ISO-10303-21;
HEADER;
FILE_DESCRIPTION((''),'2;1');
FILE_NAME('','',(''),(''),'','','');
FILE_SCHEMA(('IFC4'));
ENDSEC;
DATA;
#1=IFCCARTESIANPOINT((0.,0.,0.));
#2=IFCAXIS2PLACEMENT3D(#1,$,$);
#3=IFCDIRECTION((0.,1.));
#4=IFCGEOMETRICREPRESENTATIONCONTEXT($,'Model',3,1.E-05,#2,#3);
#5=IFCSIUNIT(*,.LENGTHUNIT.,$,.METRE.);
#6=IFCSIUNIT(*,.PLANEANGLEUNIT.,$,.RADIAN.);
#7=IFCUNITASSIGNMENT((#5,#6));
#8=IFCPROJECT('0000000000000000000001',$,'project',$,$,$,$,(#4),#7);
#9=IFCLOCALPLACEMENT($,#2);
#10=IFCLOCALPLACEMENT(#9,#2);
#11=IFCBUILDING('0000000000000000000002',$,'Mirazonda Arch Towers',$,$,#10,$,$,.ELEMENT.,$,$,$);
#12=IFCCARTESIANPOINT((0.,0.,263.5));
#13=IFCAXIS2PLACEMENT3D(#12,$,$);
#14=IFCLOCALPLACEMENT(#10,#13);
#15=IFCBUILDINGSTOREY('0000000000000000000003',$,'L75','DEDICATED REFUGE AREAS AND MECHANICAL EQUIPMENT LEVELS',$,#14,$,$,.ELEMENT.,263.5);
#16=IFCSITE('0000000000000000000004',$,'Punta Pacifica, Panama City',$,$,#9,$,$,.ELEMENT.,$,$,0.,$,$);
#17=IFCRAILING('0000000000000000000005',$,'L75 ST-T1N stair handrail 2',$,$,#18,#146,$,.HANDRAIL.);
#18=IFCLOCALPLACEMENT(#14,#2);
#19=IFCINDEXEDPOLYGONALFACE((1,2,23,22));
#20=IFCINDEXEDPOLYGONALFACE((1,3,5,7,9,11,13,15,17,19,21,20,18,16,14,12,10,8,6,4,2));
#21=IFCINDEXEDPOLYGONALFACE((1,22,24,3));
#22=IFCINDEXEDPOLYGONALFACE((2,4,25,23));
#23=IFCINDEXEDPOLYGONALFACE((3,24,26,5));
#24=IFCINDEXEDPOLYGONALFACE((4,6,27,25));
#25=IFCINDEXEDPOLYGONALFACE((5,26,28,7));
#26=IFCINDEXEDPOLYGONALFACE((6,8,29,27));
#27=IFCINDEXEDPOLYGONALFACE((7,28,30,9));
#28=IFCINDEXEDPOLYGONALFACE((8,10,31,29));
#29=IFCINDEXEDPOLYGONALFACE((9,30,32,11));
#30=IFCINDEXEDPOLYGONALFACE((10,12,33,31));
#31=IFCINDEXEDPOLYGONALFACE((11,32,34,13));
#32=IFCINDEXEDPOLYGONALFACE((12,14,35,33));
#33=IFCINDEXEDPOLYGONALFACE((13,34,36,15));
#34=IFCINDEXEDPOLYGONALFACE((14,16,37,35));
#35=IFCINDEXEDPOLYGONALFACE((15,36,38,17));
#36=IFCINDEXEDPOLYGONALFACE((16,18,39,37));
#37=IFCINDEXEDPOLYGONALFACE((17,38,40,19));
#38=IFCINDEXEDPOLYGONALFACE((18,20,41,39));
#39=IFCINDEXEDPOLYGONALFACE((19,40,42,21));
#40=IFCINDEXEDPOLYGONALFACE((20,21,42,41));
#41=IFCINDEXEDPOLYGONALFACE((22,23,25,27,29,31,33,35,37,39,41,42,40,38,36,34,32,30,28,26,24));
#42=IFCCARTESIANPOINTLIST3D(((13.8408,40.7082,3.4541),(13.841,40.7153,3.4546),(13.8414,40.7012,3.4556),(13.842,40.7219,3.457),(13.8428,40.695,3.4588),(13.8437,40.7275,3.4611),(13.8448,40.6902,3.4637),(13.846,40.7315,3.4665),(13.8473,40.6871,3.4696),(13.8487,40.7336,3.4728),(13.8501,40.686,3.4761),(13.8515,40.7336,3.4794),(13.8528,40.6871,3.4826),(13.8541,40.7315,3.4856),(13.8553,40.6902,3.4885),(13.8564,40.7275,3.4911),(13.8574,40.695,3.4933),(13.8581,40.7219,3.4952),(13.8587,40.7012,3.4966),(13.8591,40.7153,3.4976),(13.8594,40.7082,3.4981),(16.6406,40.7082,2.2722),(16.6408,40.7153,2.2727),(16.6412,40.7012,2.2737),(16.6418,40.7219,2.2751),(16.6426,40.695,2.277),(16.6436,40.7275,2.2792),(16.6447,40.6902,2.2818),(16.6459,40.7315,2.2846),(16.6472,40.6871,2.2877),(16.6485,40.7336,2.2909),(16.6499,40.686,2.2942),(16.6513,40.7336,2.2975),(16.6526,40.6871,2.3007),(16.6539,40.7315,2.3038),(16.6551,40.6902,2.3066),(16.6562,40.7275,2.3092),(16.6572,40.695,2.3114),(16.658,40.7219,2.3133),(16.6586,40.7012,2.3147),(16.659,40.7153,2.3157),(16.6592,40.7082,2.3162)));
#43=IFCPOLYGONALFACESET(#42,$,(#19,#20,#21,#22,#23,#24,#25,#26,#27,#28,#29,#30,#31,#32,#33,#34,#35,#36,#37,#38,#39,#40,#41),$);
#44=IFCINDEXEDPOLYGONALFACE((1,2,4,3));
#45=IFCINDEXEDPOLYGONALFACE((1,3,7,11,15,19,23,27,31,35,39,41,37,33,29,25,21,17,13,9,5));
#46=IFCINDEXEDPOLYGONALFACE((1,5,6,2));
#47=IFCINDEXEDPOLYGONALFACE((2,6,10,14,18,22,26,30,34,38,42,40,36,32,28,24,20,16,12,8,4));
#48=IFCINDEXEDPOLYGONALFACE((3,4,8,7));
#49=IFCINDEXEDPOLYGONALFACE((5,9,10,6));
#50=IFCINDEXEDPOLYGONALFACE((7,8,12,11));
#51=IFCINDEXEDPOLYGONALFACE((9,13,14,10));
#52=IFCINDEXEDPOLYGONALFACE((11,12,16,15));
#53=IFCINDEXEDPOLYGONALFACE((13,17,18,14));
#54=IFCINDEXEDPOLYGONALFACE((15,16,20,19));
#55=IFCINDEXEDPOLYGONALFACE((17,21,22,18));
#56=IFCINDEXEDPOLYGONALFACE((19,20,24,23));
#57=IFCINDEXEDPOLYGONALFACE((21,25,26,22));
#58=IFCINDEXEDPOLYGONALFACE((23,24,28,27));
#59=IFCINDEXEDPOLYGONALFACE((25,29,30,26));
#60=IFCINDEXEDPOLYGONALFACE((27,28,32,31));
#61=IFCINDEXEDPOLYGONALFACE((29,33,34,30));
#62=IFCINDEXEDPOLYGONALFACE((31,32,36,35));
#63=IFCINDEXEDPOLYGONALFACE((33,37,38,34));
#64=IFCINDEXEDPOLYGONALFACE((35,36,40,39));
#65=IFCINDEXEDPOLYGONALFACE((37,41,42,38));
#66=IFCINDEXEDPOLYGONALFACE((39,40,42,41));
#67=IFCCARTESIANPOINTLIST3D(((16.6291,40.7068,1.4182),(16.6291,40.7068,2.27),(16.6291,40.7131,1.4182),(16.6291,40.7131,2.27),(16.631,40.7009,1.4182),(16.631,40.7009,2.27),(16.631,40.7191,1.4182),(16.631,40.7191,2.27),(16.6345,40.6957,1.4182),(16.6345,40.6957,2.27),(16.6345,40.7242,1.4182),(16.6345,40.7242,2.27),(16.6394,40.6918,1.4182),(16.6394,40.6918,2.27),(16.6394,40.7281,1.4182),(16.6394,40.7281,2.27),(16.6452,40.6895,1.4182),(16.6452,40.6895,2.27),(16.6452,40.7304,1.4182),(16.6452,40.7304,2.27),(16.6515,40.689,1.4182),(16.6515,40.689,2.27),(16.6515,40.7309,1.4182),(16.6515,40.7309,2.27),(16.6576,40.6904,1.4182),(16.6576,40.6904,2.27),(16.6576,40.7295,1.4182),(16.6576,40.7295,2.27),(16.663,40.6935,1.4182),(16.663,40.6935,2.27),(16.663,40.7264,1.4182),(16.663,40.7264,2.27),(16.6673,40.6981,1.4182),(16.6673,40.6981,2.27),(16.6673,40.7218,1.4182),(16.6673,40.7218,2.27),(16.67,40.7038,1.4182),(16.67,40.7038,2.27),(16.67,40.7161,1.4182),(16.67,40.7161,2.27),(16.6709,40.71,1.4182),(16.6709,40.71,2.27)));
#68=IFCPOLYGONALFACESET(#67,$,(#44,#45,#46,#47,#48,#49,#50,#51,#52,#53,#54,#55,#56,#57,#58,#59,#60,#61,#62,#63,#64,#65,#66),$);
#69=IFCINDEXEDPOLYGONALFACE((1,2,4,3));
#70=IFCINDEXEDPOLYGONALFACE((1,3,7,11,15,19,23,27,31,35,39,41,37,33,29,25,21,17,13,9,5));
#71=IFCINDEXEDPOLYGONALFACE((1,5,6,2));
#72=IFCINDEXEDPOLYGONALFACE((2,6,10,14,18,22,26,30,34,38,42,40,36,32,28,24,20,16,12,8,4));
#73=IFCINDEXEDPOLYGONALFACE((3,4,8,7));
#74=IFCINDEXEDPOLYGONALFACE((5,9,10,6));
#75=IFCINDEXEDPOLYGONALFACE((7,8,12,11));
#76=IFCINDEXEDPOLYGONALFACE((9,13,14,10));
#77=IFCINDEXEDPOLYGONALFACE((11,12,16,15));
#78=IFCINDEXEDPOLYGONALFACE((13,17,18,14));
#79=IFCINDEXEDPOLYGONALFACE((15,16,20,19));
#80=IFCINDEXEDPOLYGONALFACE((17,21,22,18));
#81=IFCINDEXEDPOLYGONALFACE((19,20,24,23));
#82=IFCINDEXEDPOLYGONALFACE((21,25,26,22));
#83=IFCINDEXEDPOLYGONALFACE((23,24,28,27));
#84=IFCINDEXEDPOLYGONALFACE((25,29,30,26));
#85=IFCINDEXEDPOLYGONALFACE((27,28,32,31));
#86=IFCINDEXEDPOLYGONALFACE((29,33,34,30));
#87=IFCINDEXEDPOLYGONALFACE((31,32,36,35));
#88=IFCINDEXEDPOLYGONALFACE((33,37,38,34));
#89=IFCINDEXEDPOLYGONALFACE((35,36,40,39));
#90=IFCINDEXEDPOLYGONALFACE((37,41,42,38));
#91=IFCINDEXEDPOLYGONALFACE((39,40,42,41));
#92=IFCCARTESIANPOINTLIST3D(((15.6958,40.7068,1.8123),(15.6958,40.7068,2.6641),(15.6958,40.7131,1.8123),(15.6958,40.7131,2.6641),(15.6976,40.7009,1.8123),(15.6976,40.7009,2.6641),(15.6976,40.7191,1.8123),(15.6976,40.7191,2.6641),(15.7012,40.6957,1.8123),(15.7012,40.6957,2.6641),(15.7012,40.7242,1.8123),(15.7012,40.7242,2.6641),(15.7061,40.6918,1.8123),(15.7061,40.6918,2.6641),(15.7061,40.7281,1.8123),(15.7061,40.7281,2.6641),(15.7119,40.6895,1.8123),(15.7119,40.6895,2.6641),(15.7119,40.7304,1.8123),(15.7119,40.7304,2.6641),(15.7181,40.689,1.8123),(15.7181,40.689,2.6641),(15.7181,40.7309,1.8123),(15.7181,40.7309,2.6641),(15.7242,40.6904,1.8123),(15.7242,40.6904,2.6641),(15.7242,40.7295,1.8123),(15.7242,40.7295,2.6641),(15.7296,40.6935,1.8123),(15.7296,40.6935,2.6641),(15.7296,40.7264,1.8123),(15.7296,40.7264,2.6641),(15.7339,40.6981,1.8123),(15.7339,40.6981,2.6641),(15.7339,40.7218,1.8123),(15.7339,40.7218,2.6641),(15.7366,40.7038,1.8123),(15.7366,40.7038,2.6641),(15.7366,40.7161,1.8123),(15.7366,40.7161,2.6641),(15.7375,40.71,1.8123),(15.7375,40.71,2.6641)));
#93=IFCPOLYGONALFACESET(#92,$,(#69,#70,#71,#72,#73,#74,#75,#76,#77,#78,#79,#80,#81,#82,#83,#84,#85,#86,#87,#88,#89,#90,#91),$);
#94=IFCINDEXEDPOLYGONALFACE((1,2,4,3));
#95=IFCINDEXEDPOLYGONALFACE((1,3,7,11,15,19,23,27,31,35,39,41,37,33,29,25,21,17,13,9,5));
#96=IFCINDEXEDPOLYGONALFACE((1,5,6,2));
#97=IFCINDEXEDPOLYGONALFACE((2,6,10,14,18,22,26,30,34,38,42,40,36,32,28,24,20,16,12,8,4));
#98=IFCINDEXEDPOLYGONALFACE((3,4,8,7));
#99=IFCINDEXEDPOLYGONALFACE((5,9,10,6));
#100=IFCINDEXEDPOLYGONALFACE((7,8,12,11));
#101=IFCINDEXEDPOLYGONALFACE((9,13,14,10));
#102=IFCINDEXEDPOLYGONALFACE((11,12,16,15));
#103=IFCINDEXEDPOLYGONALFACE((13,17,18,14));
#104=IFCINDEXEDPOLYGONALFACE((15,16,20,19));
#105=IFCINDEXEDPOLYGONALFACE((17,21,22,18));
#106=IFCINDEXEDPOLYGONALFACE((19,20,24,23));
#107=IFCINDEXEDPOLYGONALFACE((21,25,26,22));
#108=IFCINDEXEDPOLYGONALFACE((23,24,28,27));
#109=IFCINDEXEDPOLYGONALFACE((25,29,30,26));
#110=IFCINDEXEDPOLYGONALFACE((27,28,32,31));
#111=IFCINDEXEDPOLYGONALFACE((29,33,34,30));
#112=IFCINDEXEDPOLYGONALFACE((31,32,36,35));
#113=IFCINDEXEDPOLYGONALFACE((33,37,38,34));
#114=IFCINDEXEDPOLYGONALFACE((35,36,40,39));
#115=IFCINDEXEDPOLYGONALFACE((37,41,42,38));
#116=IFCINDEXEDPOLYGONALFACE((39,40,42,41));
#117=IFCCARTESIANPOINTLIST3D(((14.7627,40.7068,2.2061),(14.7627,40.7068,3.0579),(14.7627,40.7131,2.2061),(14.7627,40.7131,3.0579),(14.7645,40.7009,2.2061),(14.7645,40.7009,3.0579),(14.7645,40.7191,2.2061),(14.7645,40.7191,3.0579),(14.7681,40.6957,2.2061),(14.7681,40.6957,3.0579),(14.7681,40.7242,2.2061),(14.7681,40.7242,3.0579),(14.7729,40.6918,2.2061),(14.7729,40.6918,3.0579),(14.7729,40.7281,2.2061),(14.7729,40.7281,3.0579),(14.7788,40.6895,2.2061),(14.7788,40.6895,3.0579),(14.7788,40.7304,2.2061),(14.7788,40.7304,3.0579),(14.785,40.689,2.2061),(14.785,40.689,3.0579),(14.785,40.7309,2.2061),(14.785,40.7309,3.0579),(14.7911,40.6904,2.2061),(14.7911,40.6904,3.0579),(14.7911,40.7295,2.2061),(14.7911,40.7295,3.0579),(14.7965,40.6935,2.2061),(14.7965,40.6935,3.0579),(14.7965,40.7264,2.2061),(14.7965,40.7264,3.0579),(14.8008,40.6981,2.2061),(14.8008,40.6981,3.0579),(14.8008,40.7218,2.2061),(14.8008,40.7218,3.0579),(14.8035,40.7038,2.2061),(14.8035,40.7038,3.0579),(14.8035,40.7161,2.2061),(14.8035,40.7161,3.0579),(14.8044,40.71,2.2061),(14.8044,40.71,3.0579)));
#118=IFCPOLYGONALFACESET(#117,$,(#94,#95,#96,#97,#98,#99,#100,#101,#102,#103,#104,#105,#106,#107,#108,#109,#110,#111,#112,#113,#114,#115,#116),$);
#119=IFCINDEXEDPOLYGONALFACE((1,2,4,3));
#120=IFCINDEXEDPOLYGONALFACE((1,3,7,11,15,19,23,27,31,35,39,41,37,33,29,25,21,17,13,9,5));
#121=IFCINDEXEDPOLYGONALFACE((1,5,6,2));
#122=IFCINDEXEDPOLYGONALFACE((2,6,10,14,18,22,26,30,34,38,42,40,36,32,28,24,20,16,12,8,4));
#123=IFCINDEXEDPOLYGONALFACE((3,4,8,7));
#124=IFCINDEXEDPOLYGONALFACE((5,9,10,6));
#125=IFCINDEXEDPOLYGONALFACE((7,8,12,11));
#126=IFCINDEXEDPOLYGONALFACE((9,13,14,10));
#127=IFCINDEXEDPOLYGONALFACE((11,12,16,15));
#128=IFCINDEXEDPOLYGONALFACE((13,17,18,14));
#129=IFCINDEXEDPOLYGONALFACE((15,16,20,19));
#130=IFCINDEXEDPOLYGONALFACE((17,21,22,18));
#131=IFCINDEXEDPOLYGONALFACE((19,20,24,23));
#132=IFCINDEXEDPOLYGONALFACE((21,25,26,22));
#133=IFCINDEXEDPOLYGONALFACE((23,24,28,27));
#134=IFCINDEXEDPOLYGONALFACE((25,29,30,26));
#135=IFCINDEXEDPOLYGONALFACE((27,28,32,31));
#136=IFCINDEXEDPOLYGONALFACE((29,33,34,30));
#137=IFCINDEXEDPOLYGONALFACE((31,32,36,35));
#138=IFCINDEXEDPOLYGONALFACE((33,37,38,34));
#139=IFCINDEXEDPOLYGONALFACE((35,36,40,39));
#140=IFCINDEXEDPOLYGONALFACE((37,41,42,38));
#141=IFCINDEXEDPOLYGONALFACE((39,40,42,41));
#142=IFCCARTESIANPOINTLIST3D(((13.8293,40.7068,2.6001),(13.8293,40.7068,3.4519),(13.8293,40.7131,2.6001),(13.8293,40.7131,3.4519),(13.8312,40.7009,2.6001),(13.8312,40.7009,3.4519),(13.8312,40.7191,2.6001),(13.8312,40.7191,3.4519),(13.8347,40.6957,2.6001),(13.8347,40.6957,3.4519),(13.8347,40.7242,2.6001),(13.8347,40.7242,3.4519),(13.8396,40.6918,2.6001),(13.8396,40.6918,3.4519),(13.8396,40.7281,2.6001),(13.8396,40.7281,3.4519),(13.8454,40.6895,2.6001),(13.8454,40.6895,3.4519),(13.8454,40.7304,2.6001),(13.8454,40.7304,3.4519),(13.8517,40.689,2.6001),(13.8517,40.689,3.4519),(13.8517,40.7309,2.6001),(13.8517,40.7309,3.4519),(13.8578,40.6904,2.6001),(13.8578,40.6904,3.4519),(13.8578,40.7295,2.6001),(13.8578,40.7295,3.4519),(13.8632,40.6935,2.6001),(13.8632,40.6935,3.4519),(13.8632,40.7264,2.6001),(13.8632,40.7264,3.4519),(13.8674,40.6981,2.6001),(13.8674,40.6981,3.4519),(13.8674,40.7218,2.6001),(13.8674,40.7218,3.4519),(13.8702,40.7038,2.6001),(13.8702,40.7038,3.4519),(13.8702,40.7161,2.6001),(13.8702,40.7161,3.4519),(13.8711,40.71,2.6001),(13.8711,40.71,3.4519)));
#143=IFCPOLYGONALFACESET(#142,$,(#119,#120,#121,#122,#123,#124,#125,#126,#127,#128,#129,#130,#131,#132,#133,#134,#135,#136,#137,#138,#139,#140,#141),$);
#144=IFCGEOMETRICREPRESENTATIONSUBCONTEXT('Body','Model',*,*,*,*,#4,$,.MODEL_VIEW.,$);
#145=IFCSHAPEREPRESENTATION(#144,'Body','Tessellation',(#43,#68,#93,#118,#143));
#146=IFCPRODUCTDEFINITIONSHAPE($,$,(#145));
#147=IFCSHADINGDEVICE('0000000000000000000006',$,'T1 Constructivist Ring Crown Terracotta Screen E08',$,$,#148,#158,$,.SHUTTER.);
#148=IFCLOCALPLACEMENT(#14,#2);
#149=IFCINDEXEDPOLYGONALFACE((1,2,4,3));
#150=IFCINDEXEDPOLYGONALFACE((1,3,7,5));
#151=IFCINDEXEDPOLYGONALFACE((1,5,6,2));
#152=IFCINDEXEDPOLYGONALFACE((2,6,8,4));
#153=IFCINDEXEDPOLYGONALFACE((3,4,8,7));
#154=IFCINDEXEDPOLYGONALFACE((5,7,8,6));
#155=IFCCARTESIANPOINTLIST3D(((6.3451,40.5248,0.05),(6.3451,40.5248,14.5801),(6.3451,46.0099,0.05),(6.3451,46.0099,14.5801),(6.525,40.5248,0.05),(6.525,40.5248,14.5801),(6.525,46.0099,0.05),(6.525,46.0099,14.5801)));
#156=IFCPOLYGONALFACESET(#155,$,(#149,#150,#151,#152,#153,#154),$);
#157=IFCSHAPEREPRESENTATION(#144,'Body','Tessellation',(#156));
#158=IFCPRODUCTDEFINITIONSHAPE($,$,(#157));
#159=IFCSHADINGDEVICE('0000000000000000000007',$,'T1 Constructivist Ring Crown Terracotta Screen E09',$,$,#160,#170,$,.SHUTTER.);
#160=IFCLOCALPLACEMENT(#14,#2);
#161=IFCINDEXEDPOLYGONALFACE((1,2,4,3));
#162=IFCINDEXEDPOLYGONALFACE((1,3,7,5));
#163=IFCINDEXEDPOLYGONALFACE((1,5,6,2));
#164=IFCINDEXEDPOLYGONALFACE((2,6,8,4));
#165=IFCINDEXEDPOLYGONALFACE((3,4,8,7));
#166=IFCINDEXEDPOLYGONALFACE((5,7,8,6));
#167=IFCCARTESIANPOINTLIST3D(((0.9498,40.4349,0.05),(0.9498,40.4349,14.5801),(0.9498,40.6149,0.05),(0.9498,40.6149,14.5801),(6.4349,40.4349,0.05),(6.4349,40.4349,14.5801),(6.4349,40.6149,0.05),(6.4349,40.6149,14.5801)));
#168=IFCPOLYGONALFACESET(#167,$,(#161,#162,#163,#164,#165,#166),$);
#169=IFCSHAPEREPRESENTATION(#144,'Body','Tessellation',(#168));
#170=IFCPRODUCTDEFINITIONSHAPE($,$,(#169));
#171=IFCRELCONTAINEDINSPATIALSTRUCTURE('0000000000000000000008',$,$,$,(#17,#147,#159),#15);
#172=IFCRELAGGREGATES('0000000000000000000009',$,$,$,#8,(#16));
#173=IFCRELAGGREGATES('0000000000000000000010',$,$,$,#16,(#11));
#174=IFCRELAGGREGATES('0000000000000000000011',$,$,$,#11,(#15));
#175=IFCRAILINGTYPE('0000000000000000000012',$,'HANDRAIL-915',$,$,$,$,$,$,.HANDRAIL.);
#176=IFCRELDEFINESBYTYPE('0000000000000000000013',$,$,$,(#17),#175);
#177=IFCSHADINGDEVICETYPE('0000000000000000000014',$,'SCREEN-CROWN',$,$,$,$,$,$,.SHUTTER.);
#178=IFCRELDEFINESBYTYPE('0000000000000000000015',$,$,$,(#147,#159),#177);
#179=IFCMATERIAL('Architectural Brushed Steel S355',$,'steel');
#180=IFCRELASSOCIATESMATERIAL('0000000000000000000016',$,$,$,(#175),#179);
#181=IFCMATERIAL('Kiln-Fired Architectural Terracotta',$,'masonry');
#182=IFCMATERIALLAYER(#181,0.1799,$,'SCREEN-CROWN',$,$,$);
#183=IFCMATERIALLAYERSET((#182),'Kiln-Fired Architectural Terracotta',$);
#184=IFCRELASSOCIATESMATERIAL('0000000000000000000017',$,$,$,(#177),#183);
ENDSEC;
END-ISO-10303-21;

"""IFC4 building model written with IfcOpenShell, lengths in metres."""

from ifc_helpers import new_model, si_unit, direction, frame, frame_2d, origin, origin_2d, place, context, subcontext, project, spatial, rectangle, circle, extrude, material, layer, layer_set, type_object, element, save


model = new_model("IFC4")

# Units and contexts
model_context = context("Model", 3, precision=1e-05, world=origin(), true_north=direction((0.0, 1.0)))
body_context = subcontext(model_context, "Body", "Model", "MODEL_VIEW")
ifc_project = project(units=[si_unit("LENGTHUNIT", "METRE"), si_unit("PLANEANGLEUNIT", "RADIAN")], contexts=[model_context])

# Site, building, storey
site_placement = place(None, origin())
site = spatial("IfcSite", under=ifc_project, at=site_placement, Name="Punta Pacifica, Panama City", CompositionType="ELEMENT", RefElevation=0.0)
building_placement = place(site_placement, origin())
building = spatial("IfcBuilding", under=site, at=building_placement, Name="Mirazonda Arch Towers", CompositionType="ELEMENT")
storey_placement = place(building_placement, frame((0.0, 0.0, 263.5)))
storey = spatial("IfcBuildingStorey", under=building, at=storey_placement, Name="L75", Description="DEDICATED REFUGE AREAS AND MECHANICAL EQUIPMENT LEVELS", CompositionType="ELEMENT", Elevation=263.5)

# Railing
ifc_material_1 = material(Name="Architectural Brushed Steel S355", Category="steel")
railing_type = type_object("IfcRailingType", Name="HANDRAIL-915", PredefinedType="HANDRAIL", material=ifc_material_1)
railing_placement = place(storey_placement, frame((16.6499, 40.71, 1.4182)))
element("IfcRailing", 1, at=railing_placement, inside=storey, type_object=railing_type, Name="L75 ST-T1N stair handrail 2", PredefinedType="HANDRAIL", context=body_context, shape_type="SweptSolid", body=[
    extrude(circle(Radius=0.0239, at=origin_2d()), frame((0.0, 0.0, 0.876), z_axis=(-0.92128, 0.0, 0.388901), x_axis=(0.0, -1.0, 0.0)), (0.0, 0.0, 1.0), 3.0391),
    extrude(circle(Radius=0.021, at=origin_2d()), origin(), (0.0, 0.0, 1.0), 0.8518),
    extrude(circle(Radius=0.021, at=origin_2d()), frame((-0.9333, 0.0, 0.394)), (0.0, 0.0, 1.0), 0.8518),
    extrude(circle(Radius=0.021, at=origin_2d()), frame((-1.8665, 0.0, 0.7878)), (0.0, 0.0, 1.0), 0.8518),
    extrude(circle(Radius=0.021, at=origin_2d()), frame((-2.7998, 0.0, 1.1819)), (0.0, 0.0, 1.0), 0.8518),
])

# Shading devices
ifc_material_2 = material(Name="Kiln-Fired Architectural Terracotta", Category="masonry")
ifc_layer_1 = layer(ifc_material_2, 0.1799, Name="SCREEN-CROWN")
ifc_layer_set_1 = layer_set([ifc_layer_1], Name="Kiln-Fired Architectural Terracotta")
shading_device_type = type_object("IfcShadingDeviceType", Name="SCREEN-CROWN", PredefinedType="SHUTTER", material=ifc_layer_set_1)
for number, where, z_axis, x_axis, name in (
    (2, (6.4351, 46.01, 0.05), (0.0, 0.0, 1.0), (0.0, -1.0, 0.0), "T1 Constructivist Ring Crown Terracotta Screen E08"),
    (3, (6.4351, 40.5249, 0.05), (0.0, 0.0, 1.0), (-1.0, 0.0, 0.0), "T1 Constructivist Ring Crown Terracotta Screen E09"),
):
    element("IfcShadingDevice", number, at=place(storey_placement, frame(where, z_axis=z_axis, x_axis=x_axis)), inside=storey, type_object=shading_device_type, Name=name, PredefinedType="SHUTTER", context=body_context, shape_type="SweptSolid", body=[
        extrude(rectangle(XDim=5.4851, YDim=0.1799, at=frame_2d((2.7427, 0.0))), origin(), (0.0, 0.0, 1.0), 14.53),
    ])

save(model, "model.ifc")
